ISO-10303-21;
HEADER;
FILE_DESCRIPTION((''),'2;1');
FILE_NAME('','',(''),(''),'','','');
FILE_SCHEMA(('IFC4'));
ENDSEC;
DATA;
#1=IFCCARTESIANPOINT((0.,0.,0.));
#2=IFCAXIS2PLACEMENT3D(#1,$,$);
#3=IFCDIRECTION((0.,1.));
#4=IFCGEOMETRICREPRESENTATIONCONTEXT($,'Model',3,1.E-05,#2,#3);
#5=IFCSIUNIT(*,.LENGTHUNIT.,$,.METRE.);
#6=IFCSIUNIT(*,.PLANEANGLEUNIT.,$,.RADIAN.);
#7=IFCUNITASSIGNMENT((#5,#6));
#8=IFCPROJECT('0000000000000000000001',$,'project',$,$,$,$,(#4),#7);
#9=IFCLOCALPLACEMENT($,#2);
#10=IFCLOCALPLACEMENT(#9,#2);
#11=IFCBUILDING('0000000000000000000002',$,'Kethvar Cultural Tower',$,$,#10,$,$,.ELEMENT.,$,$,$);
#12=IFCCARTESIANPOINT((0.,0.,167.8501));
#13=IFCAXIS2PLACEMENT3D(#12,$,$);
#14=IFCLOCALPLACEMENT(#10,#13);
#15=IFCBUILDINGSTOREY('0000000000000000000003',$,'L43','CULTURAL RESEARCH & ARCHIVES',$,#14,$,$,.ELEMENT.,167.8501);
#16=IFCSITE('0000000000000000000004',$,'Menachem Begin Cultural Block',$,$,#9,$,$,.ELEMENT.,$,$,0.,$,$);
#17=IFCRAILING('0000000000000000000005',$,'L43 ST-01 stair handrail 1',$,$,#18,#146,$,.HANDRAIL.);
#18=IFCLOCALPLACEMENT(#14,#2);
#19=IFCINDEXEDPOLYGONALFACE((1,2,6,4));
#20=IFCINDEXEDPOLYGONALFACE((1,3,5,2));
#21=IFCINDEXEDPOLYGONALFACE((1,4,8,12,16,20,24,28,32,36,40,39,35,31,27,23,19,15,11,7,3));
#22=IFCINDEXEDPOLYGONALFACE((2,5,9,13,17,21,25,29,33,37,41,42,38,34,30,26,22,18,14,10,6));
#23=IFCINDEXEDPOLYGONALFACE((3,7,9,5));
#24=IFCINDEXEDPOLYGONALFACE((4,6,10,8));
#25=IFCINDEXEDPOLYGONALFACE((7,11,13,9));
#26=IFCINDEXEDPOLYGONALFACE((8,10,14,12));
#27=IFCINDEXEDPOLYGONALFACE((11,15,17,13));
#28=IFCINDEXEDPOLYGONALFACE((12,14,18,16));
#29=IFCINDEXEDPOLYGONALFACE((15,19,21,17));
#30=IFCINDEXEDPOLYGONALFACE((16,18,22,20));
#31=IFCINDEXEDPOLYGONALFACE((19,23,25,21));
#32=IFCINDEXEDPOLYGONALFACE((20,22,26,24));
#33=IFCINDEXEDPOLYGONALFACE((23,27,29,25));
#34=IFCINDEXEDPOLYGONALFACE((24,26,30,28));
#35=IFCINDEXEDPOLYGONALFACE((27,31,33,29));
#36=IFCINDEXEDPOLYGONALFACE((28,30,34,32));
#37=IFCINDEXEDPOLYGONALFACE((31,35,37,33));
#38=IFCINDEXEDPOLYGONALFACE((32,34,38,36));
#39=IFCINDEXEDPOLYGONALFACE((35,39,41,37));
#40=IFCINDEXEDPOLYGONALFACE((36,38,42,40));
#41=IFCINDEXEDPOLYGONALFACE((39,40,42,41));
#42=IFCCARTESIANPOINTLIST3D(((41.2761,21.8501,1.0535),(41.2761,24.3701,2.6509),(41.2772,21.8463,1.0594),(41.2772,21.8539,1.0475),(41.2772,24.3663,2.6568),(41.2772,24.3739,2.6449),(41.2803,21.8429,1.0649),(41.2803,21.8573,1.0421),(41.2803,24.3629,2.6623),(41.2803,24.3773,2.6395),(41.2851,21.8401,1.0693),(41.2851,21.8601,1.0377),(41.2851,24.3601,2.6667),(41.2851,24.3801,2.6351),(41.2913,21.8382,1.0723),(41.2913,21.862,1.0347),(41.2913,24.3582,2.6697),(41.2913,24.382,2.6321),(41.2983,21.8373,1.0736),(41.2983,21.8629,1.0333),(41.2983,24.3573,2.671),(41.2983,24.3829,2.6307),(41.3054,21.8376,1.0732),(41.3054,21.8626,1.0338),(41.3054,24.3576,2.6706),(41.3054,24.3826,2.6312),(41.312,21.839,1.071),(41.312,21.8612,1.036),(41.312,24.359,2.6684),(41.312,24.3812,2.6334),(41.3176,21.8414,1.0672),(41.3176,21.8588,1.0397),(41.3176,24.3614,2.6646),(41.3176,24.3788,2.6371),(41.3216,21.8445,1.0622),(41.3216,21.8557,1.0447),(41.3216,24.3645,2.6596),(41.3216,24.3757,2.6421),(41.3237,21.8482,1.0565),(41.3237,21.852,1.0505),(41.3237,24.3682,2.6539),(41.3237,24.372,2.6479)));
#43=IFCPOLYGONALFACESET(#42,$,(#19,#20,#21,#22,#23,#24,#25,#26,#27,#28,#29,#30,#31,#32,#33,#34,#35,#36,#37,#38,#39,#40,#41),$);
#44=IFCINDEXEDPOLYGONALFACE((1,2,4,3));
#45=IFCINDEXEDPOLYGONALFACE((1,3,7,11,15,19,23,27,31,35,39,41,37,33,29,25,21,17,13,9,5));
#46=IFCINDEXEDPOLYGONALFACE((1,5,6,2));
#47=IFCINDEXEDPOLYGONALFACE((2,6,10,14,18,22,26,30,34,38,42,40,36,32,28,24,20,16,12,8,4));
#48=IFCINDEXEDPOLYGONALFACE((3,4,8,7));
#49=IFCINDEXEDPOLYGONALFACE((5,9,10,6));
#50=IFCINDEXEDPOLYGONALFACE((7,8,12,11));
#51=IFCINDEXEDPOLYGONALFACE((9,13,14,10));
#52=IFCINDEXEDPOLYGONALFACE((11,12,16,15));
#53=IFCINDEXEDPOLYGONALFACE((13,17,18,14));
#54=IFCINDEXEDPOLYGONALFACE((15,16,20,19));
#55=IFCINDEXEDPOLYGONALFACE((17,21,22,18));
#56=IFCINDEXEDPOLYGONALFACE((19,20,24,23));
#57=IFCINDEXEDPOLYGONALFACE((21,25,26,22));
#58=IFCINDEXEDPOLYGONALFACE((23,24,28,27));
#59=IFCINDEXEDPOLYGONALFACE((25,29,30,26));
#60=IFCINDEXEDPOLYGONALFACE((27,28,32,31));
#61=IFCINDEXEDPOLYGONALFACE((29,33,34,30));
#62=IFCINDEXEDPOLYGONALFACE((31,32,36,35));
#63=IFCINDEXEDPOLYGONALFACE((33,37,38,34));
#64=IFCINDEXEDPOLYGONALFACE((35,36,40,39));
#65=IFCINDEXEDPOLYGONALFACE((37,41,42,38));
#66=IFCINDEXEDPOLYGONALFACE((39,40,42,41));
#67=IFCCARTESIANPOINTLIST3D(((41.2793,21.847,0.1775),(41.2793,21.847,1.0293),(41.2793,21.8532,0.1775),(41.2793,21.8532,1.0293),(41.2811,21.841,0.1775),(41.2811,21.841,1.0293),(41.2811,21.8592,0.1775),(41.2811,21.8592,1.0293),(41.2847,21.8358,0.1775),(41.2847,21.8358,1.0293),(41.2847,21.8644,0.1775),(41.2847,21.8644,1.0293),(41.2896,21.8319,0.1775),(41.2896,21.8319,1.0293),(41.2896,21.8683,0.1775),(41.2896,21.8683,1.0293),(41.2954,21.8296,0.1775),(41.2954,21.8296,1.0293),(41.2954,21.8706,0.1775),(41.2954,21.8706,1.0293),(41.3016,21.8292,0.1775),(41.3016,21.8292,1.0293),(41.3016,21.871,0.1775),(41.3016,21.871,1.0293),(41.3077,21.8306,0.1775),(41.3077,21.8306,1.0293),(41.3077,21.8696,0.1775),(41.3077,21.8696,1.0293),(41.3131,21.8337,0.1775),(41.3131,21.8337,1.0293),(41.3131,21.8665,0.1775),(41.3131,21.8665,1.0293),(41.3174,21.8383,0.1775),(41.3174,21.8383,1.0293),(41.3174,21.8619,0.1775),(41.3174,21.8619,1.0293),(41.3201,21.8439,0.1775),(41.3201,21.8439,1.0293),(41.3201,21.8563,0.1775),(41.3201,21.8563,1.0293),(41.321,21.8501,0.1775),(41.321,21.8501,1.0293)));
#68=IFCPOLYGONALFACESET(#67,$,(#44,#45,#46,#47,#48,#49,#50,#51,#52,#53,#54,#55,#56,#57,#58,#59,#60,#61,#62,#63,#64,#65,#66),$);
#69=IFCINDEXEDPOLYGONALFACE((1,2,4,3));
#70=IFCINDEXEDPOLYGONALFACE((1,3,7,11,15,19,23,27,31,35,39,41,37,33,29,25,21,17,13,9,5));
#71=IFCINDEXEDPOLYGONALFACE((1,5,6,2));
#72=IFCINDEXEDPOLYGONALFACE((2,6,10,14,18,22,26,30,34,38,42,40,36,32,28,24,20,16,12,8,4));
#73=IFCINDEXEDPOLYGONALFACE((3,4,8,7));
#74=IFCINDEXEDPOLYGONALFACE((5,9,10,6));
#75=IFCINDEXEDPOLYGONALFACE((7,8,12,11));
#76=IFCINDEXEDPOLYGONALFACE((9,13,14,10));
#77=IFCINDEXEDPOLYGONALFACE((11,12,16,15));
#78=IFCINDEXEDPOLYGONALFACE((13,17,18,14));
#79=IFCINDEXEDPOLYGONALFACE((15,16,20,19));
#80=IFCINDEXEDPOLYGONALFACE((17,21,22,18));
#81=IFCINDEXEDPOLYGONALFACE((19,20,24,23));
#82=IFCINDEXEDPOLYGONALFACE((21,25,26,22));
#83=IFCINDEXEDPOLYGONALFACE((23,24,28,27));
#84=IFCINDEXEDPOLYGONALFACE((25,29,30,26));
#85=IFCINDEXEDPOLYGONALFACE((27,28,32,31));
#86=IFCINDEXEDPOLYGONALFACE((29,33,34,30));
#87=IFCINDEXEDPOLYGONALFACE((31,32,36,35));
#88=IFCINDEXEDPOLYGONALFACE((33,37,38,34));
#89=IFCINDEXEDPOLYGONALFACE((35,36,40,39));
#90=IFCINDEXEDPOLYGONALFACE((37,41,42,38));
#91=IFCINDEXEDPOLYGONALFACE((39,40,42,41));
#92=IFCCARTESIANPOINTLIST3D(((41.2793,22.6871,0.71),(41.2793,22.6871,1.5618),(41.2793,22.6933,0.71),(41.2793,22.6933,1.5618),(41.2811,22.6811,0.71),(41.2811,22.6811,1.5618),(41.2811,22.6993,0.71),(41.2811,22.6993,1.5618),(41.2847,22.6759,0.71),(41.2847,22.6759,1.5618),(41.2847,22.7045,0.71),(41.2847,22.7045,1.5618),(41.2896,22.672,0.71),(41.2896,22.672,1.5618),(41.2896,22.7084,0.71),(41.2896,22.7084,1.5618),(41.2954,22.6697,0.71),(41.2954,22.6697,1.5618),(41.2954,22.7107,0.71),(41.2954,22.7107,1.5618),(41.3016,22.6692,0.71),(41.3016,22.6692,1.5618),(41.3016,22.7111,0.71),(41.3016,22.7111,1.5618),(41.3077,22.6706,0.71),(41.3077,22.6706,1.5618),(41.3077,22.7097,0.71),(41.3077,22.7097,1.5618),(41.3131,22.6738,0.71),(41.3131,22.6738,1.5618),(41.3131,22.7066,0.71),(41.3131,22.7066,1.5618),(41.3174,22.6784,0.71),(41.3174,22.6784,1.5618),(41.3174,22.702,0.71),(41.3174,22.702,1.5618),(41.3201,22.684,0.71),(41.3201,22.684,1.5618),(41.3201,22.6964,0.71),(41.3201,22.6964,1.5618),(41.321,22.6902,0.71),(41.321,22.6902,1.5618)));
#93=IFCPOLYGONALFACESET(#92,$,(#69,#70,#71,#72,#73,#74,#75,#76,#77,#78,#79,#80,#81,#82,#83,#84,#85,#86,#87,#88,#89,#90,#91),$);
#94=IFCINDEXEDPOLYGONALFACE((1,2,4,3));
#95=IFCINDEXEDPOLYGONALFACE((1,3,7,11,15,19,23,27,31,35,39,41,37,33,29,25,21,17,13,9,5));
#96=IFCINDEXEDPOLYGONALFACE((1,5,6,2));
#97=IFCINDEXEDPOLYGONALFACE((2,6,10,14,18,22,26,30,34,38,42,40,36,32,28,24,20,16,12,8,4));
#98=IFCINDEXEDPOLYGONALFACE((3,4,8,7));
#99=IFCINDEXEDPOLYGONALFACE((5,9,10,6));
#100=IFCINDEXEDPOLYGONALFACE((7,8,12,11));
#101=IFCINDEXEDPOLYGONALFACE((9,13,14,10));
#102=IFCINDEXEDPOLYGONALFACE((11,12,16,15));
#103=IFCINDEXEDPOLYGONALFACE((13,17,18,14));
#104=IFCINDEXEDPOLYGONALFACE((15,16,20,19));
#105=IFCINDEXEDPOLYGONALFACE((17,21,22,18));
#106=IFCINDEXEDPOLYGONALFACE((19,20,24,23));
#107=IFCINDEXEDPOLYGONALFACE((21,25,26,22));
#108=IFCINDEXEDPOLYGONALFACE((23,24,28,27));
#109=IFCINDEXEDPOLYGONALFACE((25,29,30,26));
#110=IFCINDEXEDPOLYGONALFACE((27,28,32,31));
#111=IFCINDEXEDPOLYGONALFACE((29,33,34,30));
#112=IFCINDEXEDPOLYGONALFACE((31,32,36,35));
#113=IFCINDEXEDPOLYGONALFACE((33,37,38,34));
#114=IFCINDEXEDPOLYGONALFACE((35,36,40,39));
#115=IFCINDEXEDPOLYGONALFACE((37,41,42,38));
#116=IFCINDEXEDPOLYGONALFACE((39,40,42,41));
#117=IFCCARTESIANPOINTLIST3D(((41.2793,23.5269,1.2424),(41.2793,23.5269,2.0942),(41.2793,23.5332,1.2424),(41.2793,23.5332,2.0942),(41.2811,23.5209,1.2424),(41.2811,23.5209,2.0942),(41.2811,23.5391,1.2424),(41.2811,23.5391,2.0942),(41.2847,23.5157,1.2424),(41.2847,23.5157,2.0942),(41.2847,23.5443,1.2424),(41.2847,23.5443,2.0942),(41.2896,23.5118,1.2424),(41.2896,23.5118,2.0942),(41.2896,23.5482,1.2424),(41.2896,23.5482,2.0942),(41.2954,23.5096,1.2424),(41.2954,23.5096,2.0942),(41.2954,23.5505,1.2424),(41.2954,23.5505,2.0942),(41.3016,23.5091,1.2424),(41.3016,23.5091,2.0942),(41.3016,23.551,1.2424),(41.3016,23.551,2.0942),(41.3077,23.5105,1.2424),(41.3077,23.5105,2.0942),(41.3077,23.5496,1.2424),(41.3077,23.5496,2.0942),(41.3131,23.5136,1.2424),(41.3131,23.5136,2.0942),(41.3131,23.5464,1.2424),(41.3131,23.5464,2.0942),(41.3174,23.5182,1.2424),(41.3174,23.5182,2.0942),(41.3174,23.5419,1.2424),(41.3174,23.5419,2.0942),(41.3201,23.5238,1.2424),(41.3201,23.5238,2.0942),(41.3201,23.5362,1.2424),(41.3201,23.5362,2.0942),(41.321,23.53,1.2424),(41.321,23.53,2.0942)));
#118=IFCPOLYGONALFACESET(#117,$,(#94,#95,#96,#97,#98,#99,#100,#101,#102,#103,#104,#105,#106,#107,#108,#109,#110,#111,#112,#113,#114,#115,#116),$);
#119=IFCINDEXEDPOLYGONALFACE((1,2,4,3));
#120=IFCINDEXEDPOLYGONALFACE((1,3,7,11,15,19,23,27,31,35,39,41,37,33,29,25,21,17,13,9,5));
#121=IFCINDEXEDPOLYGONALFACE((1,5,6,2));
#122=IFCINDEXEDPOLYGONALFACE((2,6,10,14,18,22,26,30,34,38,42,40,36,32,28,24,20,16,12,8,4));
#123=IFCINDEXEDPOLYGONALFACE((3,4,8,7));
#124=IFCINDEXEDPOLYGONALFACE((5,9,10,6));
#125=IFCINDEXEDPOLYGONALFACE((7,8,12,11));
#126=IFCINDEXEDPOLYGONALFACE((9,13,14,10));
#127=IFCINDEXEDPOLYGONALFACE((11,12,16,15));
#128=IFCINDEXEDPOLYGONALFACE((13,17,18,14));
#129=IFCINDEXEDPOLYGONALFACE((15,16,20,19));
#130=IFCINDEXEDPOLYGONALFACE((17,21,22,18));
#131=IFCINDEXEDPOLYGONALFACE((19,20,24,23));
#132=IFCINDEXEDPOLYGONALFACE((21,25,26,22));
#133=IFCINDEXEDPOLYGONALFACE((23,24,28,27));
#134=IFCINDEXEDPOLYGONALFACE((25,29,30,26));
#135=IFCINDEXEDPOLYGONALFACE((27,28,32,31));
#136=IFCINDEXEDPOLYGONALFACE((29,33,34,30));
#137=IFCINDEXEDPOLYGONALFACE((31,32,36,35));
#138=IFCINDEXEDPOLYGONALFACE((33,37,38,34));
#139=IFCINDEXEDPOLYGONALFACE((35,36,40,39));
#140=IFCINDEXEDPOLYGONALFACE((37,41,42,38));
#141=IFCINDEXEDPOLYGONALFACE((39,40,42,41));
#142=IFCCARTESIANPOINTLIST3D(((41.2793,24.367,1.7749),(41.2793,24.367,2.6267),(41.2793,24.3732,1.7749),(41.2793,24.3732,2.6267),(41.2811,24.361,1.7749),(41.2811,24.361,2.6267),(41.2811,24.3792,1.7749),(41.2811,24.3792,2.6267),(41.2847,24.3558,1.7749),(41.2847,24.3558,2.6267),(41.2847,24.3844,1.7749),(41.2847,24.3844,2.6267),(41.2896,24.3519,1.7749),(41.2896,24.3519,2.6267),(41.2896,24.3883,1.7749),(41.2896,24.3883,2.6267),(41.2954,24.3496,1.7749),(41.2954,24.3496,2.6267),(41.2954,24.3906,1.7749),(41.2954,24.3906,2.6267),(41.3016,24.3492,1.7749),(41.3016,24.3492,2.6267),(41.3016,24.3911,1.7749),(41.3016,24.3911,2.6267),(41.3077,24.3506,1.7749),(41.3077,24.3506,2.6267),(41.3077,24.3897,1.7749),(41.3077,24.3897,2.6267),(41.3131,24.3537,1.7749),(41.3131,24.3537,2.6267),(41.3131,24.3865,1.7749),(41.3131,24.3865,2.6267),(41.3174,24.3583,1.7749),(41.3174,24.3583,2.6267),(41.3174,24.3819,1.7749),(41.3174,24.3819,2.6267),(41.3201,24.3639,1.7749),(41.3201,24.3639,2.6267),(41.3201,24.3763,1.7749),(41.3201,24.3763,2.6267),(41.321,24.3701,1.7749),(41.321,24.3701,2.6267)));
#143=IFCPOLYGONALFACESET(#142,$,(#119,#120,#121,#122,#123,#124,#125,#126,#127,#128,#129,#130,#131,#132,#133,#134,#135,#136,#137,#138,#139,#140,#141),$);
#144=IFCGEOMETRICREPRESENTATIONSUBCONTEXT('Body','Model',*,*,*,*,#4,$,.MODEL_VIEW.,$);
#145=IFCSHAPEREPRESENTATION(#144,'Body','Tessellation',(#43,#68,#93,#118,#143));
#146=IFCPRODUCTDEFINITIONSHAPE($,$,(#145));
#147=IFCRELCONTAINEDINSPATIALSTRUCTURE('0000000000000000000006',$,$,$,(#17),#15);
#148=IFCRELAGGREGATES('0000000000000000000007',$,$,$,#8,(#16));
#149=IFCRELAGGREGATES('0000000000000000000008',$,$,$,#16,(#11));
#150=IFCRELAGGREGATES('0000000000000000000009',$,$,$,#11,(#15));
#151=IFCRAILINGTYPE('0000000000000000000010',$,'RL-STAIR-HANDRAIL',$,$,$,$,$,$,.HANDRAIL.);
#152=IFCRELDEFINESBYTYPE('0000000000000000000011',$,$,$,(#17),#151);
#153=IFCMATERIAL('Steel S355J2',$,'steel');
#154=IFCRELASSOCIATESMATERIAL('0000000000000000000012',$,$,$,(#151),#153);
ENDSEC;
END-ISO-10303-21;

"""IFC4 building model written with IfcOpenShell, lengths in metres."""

from ifc_helpers import new_model, si_unit, direction, frame, origin, origin_2d, place, context, subcontext, project, spatial, circle, extrude, material, type_object, element, save


model = new_model("IFC4")

# Units and contexts
model_context = context("Model", 3, precision=1e-05, world=origin(), true_north=direction((0.0, 1.0)))
body_context = subcontext(model_context, "Body", "Model", "MODEL_VIEW")
ifc_project = project(units=[si_unit("LENGTHUNIT", "METRE"), si_unit("PLANEANGLEUNIT", "RADIAN")], contexts=[model_context])

# Site, building, storey
site_placement = place(None, origin())
site = spatial("IfcSite", under=ifc_project, at=site_placement, Name="Menachem Begin Cultural Block", CompositionType="ELEMENT", RefElevation=0.0)
building_placement = place(site_placement, origin())
building = spatial("IfcBuilding", under=site, at=building_placement, Name="Kethvar Cultural Tower", CompositionType="ELEMENT")
storey_placement = place(building_placement, frame((0.0, 0.0, 167.8501)))
storey = spatial("IfcBuildingStorey", under=building, at=storey_placement, Name="L43", Description="CULTURAL RESEARCH & ARCHIVES", CompositionType="ELEMENT", Elevation=167.8501)

# Shared definitions
ifc_material_1 = material(Name="Steel S355J2", Category="steel")

# Railing
railing_type_1 = type_object("IfcRailingType", Name="RL-STAIR-HANDRAIL", PredefinedType="HANDRAIL", material=ifc_material_1)
railing_1_placement = place(storey_placement, frame((41.3, 21.8501, 0.1775)))
element("IfcRailing", 1, at=railing_1_placement, inside=storey, type_object=railing_type_1, Name="L43 ST-01 stair handrail 1", PredefinedType="HANDRAIL", context=body_context, shape_type="SweptSolid", body=[
    extrude(circle(Radius=0.0239, at=origin_2d()), frame((0.0, 0.0, 0.876), z_axis=(0.0, 0.844607, 0.535387), x_axis=(-1.0, 0.0, 0.0)), (0.0, 0.0, 1.0), 2.9836),
    extrude(circle(Radius=0.021, at=origin_2d()), origin(), (0.0, 0.0, 1.0), 0.8518),
    extrude(circle(Radius=0.021, at=origin_2d()), frame((0.0, 0.8401, 0.5325)), (0.0, 0.0, 1.0), 0.8518),
    extrude(circle(Radius=0.021, at=origin_2d()), frame((0.0, 1.6799, 1.0649)), (0.0, 0.0, 1.0), 0.8518),
    extrude(circle(Radius=0.021, at=origin_2d()), frame((0.0, 2.52, 1.5974)), (0.0, 0.0, 1.0), 0.8518),
])

save(model, "model.ifc")
